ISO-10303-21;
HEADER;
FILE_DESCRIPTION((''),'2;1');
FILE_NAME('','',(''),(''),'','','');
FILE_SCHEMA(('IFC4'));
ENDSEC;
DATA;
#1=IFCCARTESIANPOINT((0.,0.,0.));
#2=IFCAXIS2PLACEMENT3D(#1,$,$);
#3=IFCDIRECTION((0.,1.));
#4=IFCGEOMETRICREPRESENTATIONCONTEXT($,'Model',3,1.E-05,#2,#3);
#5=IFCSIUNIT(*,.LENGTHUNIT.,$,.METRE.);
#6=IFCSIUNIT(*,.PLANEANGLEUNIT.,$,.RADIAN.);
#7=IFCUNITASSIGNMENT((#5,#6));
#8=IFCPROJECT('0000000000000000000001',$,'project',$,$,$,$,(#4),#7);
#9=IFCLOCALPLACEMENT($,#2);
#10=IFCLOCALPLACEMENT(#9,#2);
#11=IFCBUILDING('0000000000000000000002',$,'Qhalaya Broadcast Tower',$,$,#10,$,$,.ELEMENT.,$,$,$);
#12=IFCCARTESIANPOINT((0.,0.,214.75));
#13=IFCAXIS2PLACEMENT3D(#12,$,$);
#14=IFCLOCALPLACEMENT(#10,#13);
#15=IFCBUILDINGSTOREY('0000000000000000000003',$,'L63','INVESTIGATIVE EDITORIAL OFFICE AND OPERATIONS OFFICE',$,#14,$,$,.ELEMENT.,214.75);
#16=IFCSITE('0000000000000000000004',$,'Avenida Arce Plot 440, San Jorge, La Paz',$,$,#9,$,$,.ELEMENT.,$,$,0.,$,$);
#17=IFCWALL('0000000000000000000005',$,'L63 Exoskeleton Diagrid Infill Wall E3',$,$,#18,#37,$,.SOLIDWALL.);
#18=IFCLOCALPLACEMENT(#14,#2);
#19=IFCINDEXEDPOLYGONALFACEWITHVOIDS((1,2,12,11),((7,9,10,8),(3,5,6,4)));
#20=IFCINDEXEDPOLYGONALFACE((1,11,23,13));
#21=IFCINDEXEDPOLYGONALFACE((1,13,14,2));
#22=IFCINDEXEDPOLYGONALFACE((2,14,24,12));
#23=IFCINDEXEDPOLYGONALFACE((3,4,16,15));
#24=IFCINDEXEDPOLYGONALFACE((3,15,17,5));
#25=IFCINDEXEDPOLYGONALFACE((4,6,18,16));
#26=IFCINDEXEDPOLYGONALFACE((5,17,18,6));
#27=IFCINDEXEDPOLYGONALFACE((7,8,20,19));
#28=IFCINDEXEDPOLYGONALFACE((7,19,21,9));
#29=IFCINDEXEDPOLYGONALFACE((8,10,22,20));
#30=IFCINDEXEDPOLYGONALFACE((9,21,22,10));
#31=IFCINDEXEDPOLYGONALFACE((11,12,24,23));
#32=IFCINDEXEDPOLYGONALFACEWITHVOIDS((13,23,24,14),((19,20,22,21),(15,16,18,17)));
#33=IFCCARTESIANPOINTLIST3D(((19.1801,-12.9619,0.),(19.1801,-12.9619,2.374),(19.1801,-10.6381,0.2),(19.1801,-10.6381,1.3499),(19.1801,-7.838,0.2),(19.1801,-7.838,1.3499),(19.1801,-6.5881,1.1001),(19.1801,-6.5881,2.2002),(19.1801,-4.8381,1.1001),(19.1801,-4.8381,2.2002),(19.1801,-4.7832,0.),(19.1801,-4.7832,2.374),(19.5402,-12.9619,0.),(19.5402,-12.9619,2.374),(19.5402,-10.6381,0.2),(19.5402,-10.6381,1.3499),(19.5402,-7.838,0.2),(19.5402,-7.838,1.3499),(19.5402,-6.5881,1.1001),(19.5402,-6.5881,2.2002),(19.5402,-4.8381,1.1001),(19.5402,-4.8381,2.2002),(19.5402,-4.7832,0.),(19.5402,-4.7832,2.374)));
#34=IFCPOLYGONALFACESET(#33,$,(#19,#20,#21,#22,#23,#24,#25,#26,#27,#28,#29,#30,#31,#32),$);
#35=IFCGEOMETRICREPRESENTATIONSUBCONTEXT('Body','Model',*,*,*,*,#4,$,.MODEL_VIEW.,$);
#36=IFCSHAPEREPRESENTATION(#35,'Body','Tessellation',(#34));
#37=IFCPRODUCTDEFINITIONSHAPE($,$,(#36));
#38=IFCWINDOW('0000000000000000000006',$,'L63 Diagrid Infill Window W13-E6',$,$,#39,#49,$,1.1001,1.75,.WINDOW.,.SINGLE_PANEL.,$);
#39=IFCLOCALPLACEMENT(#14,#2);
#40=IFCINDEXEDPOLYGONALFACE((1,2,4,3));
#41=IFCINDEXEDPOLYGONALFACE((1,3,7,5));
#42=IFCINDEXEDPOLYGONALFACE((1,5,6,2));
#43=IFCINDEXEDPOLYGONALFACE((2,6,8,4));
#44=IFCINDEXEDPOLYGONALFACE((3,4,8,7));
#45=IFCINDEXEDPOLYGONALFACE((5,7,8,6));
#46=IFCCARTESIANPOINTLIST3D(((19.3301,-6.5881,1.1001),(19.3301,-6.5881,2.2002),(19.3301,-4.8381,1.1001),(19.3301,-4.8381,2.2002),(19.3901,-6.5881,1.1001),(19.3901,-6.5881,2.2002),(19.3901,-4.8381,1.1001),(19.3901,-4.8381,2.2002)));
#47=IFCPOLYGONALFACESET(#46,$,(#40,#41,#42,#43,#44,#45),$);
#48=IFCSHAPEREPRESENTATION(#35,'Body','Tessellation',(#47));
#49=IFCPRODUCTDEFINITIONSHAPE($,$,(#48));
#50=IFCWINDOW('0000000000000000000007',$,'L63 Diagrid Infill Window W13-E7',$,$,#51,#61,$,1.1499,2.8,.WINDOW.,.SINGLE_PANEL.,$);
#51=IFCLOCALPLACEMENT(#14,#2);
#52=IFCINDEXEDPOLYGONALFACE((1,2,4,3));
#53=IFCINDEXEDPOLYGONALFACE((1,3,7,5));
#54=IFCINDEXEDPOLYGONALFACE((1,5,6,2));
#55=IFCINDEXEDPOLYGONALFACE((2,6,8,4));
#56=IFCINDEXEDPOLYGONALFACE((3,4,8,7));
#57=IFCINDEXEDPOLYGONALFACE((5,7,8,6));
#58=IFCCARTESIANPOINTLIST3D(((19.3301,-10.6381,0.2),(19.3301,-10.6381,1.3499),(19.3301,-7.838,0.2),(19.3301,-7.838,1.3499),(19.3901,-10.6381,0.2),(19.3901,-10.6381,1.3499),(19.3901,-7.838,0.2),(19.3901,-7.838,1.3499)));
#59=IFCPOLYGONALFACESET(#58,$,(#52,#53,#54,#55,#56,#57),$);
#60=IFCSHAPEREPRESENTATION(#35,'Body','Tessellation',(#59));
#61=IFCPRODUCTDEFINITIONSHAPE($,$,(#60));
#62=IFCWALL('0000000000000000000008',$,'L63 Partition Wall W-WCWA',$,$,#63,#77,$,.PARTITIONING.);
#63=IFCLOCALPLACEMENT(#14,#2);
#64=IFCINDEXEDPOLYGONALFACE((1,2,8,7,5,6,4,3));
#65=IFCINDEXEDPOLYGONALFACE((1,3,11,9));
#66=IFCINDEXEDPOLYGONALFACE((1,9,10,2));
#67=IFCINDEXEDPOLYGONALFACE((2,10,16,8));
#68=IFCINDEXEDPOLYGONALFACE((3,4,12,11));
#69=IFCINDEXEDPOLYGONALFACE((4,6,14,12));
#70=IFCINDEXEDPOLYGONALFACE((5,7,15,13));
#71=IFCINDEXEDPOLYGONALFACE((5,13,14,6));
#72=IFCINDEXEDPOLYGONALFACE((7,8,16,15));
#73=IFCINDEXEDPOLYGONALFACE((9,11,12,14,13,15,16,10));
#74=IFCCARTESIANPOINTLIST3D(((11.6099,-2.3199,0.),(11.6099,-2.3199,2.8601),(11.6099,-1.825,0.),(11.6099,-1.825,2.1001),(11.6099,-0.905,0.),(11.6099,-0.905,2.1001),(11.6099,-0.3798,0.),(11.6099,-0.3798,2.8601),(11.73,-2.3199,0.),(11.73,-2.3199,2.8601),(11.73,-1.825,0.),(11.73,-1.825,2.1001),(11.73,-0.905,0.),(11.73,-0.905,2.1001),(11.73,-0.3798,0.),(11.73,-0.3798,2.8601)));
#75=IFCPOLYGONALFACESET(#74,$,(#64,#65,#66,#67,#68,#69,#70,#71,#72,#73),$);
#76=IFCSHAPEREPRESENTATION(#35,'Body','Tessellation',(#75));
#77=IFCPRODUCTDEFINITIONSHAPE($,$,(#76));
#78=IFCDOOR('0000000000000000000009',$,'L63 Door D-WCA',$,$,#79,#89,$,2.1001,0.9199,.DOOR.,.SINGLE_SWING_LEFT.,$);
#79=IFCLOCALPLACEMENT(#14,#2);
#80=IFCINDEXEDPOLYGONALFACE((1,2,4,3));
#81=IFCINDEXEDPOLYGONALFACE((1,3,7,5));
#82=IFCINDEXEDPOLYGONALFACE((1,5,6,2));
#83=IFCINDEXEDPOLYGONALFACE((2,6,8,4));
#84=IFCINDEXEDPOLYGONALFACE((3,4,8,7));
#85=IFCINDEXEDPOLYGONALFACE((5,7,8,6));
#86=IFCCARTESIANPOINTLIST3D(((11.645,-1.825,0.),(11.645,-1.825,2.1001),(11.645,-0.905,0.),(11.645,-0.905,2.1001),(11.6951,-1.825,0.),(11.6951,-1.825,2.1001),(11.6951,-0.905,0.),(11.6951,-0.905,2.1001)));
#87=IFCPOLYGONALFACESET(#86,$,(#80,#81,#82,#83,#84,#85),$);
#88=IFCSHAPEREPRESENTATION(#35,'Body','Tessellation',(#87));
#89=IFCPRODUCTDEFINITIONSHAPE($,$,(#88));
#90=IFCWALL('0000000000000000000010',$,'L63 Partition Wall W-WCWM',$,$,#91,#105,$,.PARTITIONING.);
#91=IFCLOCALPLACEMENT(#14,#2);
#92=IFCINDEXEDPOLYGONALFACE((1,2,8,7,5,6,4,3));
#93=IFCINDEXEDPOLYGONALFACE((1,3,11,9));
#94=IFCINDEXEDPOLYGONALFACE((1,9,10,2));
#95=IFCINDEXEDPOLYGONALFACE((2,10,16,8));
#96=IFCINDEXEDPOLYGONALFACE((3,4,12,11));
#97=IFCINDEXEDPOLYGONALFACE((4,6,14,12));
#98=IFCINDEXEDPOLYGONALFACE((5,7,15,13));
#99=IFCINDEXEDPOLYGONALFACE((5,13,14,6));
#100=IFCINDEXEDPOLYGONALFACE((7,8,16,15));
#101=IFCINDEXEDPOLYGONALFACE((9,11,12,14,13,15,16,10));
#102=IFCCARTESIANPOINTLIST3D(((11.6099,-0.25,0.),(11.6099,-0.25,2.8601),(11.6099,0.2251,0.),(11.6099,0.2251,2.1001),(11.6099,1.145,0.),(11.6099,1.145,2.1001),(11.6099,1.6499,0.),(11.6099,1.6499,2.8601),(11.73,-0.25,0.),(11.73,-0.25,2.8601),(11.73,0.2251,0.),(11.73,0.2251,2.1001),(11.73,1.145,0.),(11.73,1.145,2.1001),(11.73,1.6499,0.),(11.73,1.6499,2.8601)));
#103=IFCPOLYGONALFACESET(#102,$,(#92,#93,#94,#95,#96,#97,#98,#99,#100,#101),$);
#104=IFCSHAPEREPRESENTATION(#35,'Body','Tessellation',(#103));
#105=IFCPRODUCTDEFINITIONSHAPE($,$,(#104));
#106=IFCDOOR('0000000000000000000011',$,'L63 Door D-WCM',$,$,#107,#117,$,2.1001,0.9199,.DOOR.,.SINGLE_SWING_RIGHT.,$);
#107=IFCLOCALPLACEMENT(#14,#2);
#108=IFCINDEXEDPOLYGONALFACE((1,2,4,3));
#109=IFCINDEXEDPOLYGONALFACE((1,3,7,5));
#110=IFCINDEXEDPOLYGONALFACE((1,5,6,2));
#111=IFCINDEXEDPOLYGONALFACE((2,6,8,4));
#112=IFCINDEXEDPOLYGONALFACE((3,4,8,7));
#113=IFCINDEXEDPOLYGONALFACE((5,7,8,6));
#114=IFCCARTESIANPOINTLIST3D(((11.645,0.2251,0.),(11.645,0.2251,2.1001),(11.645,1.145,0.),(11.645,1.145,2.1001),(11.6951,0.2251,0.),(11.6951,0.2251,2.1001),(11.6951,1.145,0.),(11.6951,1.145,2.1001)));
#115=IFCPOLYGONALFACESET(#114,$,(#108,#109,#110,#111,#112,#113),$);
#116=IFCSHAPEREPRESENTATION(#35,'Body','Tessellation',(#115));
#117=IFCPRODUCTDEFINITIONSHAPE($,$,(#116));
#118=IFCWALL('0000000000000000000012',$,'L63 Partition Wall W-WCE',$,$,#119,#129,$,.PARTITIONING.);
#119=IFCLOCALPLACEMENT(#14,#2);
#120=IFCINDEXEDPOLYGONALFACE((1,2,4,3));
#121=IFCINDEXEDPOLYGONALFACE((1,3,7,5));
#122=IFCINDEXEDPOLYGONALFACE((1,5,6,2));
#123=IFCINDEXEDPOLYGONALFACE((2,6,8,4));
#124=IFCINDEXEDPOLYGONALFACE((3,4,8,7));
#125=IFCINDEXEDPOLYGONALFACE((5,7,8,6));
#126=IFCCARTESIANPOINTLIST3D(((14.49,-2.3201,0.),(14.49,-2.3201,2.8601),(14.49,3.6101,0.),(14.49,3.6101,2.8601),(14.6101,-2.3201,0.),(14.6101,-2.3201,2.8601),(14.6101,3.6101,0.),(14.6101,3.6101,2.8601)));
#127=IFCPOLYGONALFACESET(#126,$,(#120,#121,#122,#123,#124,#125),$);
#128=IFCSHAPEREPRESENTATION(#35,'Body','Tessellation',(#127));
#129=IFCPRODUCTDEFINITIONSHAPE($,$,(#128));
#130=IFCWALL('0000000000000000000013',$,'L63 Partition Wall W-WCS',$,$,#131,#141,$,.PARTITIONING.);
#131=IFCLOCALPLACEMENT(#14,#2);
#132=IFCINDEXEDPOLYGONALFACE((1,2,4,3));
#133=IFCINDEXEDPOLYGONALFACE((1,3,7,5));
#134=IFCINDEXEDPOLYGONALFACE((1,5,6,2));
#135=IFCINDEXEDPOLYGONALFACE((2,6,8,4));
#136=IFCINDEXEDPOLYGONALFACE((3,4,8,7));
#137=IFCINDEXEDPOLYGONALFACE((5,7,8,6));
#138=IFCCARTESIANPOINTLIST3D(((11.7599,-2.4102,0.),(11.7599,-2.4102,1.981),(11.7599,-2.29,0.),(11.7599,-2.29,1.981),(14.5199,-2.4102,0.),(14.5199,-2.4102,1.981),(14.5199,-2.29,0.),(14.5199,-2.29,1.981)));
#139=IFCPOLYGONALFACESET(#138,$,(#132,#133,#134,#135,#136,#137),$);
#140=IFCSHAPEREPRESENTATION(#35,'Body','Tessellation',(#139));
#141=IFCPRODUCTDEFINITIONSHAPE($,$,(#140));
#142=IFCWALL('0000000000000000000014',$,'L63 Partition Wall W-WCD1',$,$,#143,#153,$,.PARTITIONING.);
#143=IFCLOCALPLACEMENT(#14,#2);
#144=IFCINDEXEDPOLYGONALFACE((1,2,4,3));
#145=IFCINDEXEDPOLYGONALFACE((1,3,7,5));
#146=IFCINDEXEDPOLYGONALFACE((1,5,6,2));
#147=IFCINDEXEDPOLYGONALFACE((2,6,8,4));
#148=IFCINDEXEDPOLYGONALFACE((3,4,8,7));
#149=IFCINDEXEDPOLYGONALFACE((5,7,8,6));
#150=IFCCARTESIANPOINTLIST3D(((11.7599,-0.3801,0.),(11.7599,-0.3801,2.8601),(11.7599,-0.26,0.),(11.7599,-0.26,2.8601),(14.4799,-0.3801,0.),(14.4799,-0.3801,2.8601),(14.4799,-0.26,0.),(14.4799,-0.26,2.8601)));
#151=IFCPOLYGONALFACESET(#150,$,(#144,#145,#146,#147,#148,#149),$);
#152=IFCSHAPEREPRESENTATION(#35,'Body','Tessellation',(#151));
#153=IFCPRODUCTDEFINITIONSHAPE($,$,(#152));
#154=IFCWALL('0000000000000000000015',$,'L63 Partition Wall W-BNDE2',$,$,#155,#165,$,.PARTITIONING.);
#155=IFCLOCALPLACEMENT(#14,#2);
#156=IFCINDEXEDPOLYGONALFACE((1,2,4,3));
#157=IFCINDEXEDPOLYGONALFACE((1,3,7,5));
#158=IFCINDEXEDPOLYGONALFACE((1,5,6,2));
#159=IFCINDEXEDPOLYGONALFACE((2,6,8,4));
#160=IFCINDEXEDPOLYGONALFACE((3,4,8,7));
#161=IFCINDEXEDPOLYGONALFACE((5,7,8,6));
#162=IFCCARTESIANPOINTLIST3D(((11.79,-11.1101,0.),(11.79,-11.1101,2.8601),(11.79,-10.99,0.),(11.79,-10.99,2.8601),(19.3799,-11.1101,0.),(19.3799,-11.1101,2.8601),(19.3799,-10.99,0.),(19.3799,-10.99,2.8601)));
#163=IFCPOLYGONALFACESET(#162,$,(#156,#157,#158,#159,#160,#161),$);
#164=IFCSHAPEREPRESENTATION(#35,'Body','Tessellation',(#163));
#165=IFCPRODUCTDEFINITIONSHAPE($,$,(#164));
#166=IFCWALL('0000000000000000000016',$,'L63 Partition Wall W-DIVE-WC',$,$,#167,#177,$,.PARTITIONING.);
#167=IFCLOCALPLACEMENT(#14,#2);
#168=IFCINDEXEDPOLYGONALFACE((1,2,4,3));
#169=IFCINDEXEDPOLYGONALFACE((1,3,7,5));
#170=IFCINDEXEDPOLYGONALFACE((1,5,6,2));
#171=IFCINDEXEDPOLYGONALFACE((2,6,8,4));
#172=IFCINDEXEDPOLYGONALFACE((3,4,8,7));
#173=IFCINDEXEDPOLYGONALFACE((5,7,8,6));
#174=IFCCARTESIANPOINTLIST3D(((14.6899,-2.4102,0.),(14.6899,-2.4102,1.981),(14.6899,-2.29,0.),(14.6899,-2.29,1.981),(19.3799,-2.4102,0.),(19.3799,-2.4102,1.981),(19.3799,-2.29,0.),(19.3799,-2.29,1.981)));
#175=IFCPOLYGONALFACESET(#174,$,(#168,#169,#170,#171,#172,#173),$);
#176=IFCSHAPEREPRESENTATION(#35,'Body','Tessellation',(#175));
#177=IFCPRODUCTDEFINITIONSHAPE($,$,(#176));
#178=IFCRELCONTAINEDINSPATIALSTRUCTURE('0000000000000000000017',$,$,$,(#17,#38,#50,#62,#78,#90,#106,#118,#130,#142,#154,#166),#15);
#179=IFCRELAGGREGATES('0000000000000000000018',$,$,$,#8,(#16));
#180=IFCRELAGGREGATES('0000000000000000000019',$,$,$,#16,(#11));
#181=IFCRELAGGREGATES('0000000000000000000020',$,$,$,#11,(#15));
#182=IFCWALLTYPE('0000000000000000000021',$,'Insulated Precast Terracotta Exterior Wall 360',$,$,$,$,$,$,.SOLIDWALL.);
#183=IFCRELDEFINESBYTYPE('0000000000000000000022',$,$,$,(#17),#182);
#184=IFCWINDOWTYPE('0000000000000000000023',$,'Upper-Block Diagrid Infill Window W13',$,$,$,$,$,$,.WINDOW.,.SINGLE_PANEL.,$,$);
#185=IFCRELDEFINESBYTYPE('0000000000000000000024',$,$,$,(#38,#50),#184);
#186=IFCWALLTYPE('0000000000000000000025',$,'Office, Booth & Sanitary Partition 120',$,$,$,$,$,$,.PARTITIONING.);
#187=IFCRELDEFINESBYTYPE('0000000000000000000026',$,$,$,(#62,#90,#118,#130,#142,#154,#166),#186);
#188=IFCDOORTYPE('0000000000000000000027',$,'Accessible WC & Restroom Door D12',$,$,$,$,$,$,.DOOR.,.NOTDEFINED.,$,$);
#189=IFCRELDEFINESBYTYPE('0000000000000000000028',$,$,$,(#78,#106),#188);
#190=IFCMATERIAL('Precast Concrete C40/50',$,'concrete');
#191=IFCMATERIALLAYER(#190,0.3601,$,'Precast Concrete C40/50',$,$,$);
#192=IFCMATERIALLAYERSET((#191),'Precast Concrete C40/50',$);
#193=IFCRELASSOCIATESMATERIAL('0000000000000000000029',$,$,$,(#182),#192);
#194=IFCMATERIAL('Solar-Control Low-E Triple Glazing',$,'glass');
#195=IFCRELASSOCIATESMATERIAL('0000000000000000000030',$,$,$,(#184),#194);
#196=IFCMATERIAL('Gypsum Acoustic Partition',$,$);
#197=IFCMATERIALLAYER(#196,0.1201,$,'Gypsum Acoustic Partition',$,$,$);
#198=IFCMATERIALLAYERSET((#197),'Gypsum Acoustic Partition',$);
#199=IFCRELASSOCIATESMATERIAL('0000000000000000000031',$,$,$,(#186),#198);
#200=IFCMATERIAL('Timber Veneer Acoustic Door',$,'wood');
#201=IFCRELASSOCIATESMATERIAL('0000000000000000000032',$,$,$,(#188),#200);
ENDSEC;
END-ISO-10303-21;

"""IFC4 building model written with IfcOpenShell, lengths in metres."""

from ifc_helpers import new_model, si_unit, direction, frame, frame_2d, origin, place, context, subcontext, project, spatial, rectangle, extrude, material, layer, layer_set, type_object, element, fill, save


model = new_model("IFC4")

# Units and contexts
model_context = context("Model", 3, precision=1e-05, world=origin(), true_north=direction((0.0, 1.0)))
body_context = subcontext(model_context, "Body", "Model", "MODEL_VIEW")
ifc_project = project(units=[si_unit("LENGTHUNIT", "METRE"), si_unit("PLANEANGLEUNIT", "RADIAN")], contexts=[model_context])

# Site, building, storey
site_placement = place(None, origin())
site = spatial("IfcSite", under=ifc_project, at=site_placement, Name="Avenida Arce Plot 440, San Jorge, La Paz", CompositionType="ELEMENT", RefElevation=0.0)
building_placement = place(site_placement, origin())
building = spatial("IfcBuilding", under=site, at=building_placement, Name="Qhalaya Broadcast Tower", CompositionType="ELEMENT")
storey_placement = place(building_placement, frame((0.0, 0.0, 214.75)))
storey = spatial("IfcBuildingStorey", under=building, at=storey_placement, Name="L63", Description="INVESTIGATIVE EDITORIAL OFFICE AND OPERATIONS OFFICE", CompositionType="ELEMENT", Elevation=214.75)

# Shared definitions
ifc_material_1 = material(Name="Gypsum Acoustic Partition")
ifc_material_2 = material(Name="Timber Veneer Acoustic Door", Category="wood")

# Wall, openings, windows
ifc_material_3 = material(Name="Precast Concrete C40/50", Category="concrete")
ifc_layer_1 = layer(ifc_material_3, 0.3601, Name="Precast Concrete C40/50")
ifc_layer_set_1 = layer_set([ifc_layer_1], Name="Precast Concrete C40/50")
wall_type_1 = type_object("IfcWallType", Name="Insulated Precast Terracotta Exterior Wall 360", PredefinedType="SOLIDWALL", material=ifc_layer_set_1)
ifc_material_4 = material(Name="Solar-Control Low-E Triple Glazing", Category="glass")
window_type = type_object("IfcWindowType", Name="Upper-Block Diagrid Infill Window W13", PartitioningType="SINGLE_PANEL", PredefinedType="WINDOW", material=ifc_material_4)
wall_1_placement = place(storey_placement, frame((19.3601, -4.7832, 0.0), z_axis=(0.0, 0.0, 1.0), x_axis=(0.0, -1.0, 0.0)))
wall_1 = element("IfcWall", 1, at=wall_1_placement, inside=storey, type_object=wall_type_1, Name="L63 Exoskeleton Diagrid Infill Wall E3", PredefinedType="SOLIDWALL", context=body_context, shape_type="SweptSolid", body=[
    extrude(rectangle(XDim=8.1787, YDim=0.3601, at=frame_2d((4.0894, 0.0))), origin(), (0.0, 0.0, 1.0), 2.374),
])
opening_1_placement = place(wall_1_placement, frame((0.0549, 0.0, 1.1001)))
opening_1 = element("IfcOpeningElement", 2, at=opening_1_placement, cuts=wall_1, PredefinedType="OPENING", context=body_context, shape_type="SweptSolid", body=[
    extrude(rectangle(XDim=1.75, YDim=1.1001, at=frame_2d((0.875, 0.55))), frame((0.0, 0.1921, 0.0), z_axis=(0.0, -1.0, 0.0), x_axis=(1.0, 0.0, 0.0)), (0.0, 0.0, 1.0), 0.384),
])
opening_2_placement = place(wall_1_placement, frame((3.0549, 0.0, 0.2)))
opening_2 = element("IfcOpeningElement", 3, at=opening_2_placement, cuts=wall_1, PredefinedType="OPENING", context=body_context, shape_type="SweptSolid", body=[
    extrude(rectangle(XDim=2.8, YDim=1.1499, at=frame_2d((1.3999, 0.575))), frame((0.0, 0.1921, 0.0), z_axis=(0.0, -1.0, 0.0), x_axis=(1.0, 0.0, 0.0)), (0.0, 0.0, 1.0), 0.384),
])
window_1_placement = place(opening_1_placement, origin())
window_1 = element("IfcWindow", 4, at=window_1_placement, inside=storey, type_object=window_type, Name="L63 Diagrid Infill Window W13-E6", OverallHeight=1.1001, OverallWidth=1.75, PartitioningType="SINGLE_PANEL", PredefinedType="WINDOW", context=body_context, shape_type="SweptSolid", body=[
    extrude(rectangle(XDim=1.75, YDim=1.1001, at=frame_2d((0.875, 0.55))), frame((0.0, 0.03, 0.0), z_axis=(0.0, -1.0, 0.0), x_axis=(1.0, 0.0, 0.0)), (0.0, 0.0, 1.0), 0.0601),
])
fill(opening_1, window_1)
window_2_placement = place(opening_2_placement, origin())
window_2 = element("IfcWindow", 5, at=window_2_placement, inside=storey, type_object=window_type, Name="L63 Diagrid Infill Window W13-E7", OverallHeight=1.1499, OverallWidth=2.8, PartitioningType="SINGLE_PANEL", PredefinedType="WINDOW", context=body_context, shape_type="SweptSolid", body=[
    extrude(rectangle(XDim=2.8, YDim=1.1499, at=frame_2d((1.3999, 0.575))), frame((0.0, 0.03, 0.0), z_axis=(0.0, -1.0, 0.0), x_axis=(1.0, 0.0, 0.0)), (0.0, 0.0, 1.0), 0.0601),
])
fill(opening_2, window_2)

# Walls, openings, doors
ifc_layer_2 = layer(ifc_material_1, 0.1201, Name="Gypsum Acoustic Partition")
ifc_layer_set_2 = layer_set([ifc_layer_2], Name="Gypsum Acoustic Partition")
wall_type_2 = type_object("IfcWallType", Name="Office, Booth & Sanitary Partition 120", PredefinedType="PARTITIONING", material=ifc_layer_set_2)
wall_2_placement = place(storey_placement, frame((11.6699, -2.3201, 0.0), z_axis=(0.0, 0.0, 1.0), x_axis=(0.0, 1.0, 0.0)))
wall_2 = element("IfcWall", 6, at=wall_2_placement, inside=storey, type_object=wall_type_2, Name="L63 Partition Wall W-WCWA", PredefinedType="PARTITIONING", context=body_context, shape_type="SweptSolid", body=[
    extrude(rectangle(XDim=1.9402, YDim=0.1201, at=frame_2d((0.9702, 0.0))), origin(), (0.0, 0.0, 1.0), 2.8601),
])
opening_3_placement = place(wall_2_placement, frame((0.4951, 0.0, 0.0)))
opening_3 = element("IfcOpeningElement", 7, at=opening_3_placement, cuts=wall_2, PredefinedType="OPENING", context=body_context, shape_type="SweptSolid", body=[
    extrude(rectangle(XDim=0.9199, YDim=2.1001, at=frame_2d((0.46, 1.05))), frame((0.0, 0.072, 0.0), z_axis=(0.0, -1.0, 0.0), x_axis=(1.0, 0.0, 0.0)), (0.0, 0.0, 1.0), 0.144),
])
door_type_1 = type_object("IfcDoorType", Name="Accessible WC & Restroom Door D12", OperationType="NOTDEFINED", PredefinedType="DOOR", material=ifc_material_2)
door_1_placement = place(opening_3_placement, origin())
door_1 = element("IfcDoor", 8, at=door_1_placement, inside=storey, type_object=door_type_1, Name="L63 Door D-WCA", OperationType="SINGLE_SWING_LEFT", OverallHeight=2.1001, OverallWidth=0.9199, PredefinedType="DOOR", context=body_context, shape_type="SweptSolid", body=[
    extrude(rectangle(XDim=0.9199, YDim=2.1001, at=frame_2d((0.46, 1.05))), frame((0.0, 0.0249, 0.0), z_axis=(0.0, -1.0, 0.0), x_axis=(1.0, 0.0, 0.0)), (0.0, 0.0, 1.0), 0.05),
])
fill(opening_3, door_1)
wall_3_placement = place(storey_placement, frame((11.6699, -0.25, 0.0), z_axis=(0.0, 0.0, 1.0), x_axis=(0.0, 1.0, 0.0)))
wall_3 = element("IfcWall", 9, at=wall_3_placement, inside=storey, type_object=wall_type_2, Name="L63 Partition Wall W-WCWM", PredefinedType="PARTITIONING", context=body_context, shape_type="SweptSolid", body=[
    extrude(rectangle(XDim=1.8999, YDim=0.1201, at=frame_2d((0.95, 0.0))), origin(), (0.0, 0.0, 1.0), 2.8601),
])
opening_4_placement = place(wall_3_placement, frame((0.4751, 0.0, 0.0)))
opening_4 = element("IfcOpeningElement", 10, at=opening_4_placement, cuts=wall_3, PredefinedType="OPENING", context=body_context, shape_type="SweptSolid", body=[
    extrude(rectangle(XDim=0.9199, YDim=2.1001, at=frame_2d((0.46, 1.05))), frame((0.0, 0.072, 0.0), z_axis=(0.0, -1.0, 0.0), x_axis=(1.0, 0.0, 0.0)), (0.0, 0.0, 1.0), 0.144),
])
door_2_placement = place(opening_4_placement, origin())
door_2 = element("IfcDoor", 11, at=door_2_placement, inside=storey, type_object=door_type_1, Name="L63 Door D-WCM", OperationType="SINGLE_SWING_RIGHT", OverallHeight=2.1001, OverallWidth=0.9199, PredefinedType="DOOR", context=body_context, shape_type="SweptSolid", body=[
    extrude(rectangle(XDim=0.9199, YDim=2.1001, at=frame_2d((0.46, 1.05))), frame((0.0, 0.0249, 0.0), z_axis=(0.0, -1.0, 0.0), x_axis=(1.0, 0.0, 0.0)), (0.0, 0.0, 1.0), 0.05),
])
fill(opening_4, door_2)

# Walls
wall_4_placement = place(storey_placement, frame((14.55, -2.3201, 0.0), z_axis=(0.0, 0.0, 1.0), x_axis=(0.0, 1.0, 0.0)))
element("IfcWall", 12, at=wall_4_placement, inside=storey, type_object=wall_type_2, Name="L63 Partition Wall W-WCE", PredefinedType="PARTITIONING", context=body_context, shape_type="SweptSolid", body=[
    extrude(rectangle(XDim=5.9302, YDim=0.1201, at=frame_2d((2.9651, 0.0))), origin(), (0.0, 0.0, 1.0), 2.8601),
])
wall_5_placement = place(storey_placement, frame((11.76, -2.3501, 0.0), z_axis=(0.0, 0.0, 1.0), x_axis=(1.0, 0.0, 0.0)))
element("IfcWall", 13, at=wall_5_placement, inside=storey, type_object=wall_type_2, Name="L63 Partition Wall W-WCS", PredefinedType="PARTITIONING", context=body_context, shape_type="SweptSolid", body=[
    extrude(rectangle(XDim=2.76, YDim=0.1201, at=frame_2d((1.3799, 0.0))), origin(), (0.0, 0.0, 1.0), 1.981),
])
wall_6_placement = place(storey_placement, frame((11.76, -0.3201, 0.0), z_axis=(0.0, 0.0, 1.0), x_axis=(1.0, 0.0, 0.0)))
element("IfcWall", 14, at=wall_6_placement, inside=storey, type_object=wall_type_2, Name="L63 Partition Wall W-WCD1", PredefinedType="PARTITIONING", context=body_context, shape_type="SweptSolid", body=[
    extrude(rectangle(XDim=2.72, YDim=0.1201, at=frame_2d((1.3599, 0.0))), origin(), (0.0, 0.0, 1.0), 2.8601),
])
wall_7_placement = place(storey_placement, frame((11.79, -11.05, 0.0), z_axis=(0.0, 0.0, 1.0), x_axis=(1.0, 0.0, 0.0)))
element("IfcWall", 15, at=wall_7_placement, inside=storey, type_object=wall_type_2, Name="L63 Partition Wall W-BNDE2", PredefinedType="PARTITIONING", context=body_context, shape_type="SweptSolid", body=[
    extrude(rectangle(XDim=7.5898, YDim=0.1201, at=frame_2d((3.7949, 0.0))), origin(), (0.0, 0.0, 1.0), 2.8601),
])
wall_8_placement = place(storey_placement, frame((14.6899, -2.3501, 0.0), z_axis=(0.0, 0.0, 1.0), x_axis=(1.0, 0.0, 0.0)))
element("IfcWall", 16, at=wall_8_placement, inside=storey, type_object=wall_type_2, Name="L63 Partition Wall W-DIVE-WC", PredefinedType="PARTITIONING", context=body_context, shape_type="SweptSolid", body=[
    extrude(rectangle(XDim=4.6899, YDim=0.1201, at=frame_2d((2.345, 0.0))), origin(), (0.0, 0.0, 1.0), 1.981),
])

save(model, "model.ifc")
